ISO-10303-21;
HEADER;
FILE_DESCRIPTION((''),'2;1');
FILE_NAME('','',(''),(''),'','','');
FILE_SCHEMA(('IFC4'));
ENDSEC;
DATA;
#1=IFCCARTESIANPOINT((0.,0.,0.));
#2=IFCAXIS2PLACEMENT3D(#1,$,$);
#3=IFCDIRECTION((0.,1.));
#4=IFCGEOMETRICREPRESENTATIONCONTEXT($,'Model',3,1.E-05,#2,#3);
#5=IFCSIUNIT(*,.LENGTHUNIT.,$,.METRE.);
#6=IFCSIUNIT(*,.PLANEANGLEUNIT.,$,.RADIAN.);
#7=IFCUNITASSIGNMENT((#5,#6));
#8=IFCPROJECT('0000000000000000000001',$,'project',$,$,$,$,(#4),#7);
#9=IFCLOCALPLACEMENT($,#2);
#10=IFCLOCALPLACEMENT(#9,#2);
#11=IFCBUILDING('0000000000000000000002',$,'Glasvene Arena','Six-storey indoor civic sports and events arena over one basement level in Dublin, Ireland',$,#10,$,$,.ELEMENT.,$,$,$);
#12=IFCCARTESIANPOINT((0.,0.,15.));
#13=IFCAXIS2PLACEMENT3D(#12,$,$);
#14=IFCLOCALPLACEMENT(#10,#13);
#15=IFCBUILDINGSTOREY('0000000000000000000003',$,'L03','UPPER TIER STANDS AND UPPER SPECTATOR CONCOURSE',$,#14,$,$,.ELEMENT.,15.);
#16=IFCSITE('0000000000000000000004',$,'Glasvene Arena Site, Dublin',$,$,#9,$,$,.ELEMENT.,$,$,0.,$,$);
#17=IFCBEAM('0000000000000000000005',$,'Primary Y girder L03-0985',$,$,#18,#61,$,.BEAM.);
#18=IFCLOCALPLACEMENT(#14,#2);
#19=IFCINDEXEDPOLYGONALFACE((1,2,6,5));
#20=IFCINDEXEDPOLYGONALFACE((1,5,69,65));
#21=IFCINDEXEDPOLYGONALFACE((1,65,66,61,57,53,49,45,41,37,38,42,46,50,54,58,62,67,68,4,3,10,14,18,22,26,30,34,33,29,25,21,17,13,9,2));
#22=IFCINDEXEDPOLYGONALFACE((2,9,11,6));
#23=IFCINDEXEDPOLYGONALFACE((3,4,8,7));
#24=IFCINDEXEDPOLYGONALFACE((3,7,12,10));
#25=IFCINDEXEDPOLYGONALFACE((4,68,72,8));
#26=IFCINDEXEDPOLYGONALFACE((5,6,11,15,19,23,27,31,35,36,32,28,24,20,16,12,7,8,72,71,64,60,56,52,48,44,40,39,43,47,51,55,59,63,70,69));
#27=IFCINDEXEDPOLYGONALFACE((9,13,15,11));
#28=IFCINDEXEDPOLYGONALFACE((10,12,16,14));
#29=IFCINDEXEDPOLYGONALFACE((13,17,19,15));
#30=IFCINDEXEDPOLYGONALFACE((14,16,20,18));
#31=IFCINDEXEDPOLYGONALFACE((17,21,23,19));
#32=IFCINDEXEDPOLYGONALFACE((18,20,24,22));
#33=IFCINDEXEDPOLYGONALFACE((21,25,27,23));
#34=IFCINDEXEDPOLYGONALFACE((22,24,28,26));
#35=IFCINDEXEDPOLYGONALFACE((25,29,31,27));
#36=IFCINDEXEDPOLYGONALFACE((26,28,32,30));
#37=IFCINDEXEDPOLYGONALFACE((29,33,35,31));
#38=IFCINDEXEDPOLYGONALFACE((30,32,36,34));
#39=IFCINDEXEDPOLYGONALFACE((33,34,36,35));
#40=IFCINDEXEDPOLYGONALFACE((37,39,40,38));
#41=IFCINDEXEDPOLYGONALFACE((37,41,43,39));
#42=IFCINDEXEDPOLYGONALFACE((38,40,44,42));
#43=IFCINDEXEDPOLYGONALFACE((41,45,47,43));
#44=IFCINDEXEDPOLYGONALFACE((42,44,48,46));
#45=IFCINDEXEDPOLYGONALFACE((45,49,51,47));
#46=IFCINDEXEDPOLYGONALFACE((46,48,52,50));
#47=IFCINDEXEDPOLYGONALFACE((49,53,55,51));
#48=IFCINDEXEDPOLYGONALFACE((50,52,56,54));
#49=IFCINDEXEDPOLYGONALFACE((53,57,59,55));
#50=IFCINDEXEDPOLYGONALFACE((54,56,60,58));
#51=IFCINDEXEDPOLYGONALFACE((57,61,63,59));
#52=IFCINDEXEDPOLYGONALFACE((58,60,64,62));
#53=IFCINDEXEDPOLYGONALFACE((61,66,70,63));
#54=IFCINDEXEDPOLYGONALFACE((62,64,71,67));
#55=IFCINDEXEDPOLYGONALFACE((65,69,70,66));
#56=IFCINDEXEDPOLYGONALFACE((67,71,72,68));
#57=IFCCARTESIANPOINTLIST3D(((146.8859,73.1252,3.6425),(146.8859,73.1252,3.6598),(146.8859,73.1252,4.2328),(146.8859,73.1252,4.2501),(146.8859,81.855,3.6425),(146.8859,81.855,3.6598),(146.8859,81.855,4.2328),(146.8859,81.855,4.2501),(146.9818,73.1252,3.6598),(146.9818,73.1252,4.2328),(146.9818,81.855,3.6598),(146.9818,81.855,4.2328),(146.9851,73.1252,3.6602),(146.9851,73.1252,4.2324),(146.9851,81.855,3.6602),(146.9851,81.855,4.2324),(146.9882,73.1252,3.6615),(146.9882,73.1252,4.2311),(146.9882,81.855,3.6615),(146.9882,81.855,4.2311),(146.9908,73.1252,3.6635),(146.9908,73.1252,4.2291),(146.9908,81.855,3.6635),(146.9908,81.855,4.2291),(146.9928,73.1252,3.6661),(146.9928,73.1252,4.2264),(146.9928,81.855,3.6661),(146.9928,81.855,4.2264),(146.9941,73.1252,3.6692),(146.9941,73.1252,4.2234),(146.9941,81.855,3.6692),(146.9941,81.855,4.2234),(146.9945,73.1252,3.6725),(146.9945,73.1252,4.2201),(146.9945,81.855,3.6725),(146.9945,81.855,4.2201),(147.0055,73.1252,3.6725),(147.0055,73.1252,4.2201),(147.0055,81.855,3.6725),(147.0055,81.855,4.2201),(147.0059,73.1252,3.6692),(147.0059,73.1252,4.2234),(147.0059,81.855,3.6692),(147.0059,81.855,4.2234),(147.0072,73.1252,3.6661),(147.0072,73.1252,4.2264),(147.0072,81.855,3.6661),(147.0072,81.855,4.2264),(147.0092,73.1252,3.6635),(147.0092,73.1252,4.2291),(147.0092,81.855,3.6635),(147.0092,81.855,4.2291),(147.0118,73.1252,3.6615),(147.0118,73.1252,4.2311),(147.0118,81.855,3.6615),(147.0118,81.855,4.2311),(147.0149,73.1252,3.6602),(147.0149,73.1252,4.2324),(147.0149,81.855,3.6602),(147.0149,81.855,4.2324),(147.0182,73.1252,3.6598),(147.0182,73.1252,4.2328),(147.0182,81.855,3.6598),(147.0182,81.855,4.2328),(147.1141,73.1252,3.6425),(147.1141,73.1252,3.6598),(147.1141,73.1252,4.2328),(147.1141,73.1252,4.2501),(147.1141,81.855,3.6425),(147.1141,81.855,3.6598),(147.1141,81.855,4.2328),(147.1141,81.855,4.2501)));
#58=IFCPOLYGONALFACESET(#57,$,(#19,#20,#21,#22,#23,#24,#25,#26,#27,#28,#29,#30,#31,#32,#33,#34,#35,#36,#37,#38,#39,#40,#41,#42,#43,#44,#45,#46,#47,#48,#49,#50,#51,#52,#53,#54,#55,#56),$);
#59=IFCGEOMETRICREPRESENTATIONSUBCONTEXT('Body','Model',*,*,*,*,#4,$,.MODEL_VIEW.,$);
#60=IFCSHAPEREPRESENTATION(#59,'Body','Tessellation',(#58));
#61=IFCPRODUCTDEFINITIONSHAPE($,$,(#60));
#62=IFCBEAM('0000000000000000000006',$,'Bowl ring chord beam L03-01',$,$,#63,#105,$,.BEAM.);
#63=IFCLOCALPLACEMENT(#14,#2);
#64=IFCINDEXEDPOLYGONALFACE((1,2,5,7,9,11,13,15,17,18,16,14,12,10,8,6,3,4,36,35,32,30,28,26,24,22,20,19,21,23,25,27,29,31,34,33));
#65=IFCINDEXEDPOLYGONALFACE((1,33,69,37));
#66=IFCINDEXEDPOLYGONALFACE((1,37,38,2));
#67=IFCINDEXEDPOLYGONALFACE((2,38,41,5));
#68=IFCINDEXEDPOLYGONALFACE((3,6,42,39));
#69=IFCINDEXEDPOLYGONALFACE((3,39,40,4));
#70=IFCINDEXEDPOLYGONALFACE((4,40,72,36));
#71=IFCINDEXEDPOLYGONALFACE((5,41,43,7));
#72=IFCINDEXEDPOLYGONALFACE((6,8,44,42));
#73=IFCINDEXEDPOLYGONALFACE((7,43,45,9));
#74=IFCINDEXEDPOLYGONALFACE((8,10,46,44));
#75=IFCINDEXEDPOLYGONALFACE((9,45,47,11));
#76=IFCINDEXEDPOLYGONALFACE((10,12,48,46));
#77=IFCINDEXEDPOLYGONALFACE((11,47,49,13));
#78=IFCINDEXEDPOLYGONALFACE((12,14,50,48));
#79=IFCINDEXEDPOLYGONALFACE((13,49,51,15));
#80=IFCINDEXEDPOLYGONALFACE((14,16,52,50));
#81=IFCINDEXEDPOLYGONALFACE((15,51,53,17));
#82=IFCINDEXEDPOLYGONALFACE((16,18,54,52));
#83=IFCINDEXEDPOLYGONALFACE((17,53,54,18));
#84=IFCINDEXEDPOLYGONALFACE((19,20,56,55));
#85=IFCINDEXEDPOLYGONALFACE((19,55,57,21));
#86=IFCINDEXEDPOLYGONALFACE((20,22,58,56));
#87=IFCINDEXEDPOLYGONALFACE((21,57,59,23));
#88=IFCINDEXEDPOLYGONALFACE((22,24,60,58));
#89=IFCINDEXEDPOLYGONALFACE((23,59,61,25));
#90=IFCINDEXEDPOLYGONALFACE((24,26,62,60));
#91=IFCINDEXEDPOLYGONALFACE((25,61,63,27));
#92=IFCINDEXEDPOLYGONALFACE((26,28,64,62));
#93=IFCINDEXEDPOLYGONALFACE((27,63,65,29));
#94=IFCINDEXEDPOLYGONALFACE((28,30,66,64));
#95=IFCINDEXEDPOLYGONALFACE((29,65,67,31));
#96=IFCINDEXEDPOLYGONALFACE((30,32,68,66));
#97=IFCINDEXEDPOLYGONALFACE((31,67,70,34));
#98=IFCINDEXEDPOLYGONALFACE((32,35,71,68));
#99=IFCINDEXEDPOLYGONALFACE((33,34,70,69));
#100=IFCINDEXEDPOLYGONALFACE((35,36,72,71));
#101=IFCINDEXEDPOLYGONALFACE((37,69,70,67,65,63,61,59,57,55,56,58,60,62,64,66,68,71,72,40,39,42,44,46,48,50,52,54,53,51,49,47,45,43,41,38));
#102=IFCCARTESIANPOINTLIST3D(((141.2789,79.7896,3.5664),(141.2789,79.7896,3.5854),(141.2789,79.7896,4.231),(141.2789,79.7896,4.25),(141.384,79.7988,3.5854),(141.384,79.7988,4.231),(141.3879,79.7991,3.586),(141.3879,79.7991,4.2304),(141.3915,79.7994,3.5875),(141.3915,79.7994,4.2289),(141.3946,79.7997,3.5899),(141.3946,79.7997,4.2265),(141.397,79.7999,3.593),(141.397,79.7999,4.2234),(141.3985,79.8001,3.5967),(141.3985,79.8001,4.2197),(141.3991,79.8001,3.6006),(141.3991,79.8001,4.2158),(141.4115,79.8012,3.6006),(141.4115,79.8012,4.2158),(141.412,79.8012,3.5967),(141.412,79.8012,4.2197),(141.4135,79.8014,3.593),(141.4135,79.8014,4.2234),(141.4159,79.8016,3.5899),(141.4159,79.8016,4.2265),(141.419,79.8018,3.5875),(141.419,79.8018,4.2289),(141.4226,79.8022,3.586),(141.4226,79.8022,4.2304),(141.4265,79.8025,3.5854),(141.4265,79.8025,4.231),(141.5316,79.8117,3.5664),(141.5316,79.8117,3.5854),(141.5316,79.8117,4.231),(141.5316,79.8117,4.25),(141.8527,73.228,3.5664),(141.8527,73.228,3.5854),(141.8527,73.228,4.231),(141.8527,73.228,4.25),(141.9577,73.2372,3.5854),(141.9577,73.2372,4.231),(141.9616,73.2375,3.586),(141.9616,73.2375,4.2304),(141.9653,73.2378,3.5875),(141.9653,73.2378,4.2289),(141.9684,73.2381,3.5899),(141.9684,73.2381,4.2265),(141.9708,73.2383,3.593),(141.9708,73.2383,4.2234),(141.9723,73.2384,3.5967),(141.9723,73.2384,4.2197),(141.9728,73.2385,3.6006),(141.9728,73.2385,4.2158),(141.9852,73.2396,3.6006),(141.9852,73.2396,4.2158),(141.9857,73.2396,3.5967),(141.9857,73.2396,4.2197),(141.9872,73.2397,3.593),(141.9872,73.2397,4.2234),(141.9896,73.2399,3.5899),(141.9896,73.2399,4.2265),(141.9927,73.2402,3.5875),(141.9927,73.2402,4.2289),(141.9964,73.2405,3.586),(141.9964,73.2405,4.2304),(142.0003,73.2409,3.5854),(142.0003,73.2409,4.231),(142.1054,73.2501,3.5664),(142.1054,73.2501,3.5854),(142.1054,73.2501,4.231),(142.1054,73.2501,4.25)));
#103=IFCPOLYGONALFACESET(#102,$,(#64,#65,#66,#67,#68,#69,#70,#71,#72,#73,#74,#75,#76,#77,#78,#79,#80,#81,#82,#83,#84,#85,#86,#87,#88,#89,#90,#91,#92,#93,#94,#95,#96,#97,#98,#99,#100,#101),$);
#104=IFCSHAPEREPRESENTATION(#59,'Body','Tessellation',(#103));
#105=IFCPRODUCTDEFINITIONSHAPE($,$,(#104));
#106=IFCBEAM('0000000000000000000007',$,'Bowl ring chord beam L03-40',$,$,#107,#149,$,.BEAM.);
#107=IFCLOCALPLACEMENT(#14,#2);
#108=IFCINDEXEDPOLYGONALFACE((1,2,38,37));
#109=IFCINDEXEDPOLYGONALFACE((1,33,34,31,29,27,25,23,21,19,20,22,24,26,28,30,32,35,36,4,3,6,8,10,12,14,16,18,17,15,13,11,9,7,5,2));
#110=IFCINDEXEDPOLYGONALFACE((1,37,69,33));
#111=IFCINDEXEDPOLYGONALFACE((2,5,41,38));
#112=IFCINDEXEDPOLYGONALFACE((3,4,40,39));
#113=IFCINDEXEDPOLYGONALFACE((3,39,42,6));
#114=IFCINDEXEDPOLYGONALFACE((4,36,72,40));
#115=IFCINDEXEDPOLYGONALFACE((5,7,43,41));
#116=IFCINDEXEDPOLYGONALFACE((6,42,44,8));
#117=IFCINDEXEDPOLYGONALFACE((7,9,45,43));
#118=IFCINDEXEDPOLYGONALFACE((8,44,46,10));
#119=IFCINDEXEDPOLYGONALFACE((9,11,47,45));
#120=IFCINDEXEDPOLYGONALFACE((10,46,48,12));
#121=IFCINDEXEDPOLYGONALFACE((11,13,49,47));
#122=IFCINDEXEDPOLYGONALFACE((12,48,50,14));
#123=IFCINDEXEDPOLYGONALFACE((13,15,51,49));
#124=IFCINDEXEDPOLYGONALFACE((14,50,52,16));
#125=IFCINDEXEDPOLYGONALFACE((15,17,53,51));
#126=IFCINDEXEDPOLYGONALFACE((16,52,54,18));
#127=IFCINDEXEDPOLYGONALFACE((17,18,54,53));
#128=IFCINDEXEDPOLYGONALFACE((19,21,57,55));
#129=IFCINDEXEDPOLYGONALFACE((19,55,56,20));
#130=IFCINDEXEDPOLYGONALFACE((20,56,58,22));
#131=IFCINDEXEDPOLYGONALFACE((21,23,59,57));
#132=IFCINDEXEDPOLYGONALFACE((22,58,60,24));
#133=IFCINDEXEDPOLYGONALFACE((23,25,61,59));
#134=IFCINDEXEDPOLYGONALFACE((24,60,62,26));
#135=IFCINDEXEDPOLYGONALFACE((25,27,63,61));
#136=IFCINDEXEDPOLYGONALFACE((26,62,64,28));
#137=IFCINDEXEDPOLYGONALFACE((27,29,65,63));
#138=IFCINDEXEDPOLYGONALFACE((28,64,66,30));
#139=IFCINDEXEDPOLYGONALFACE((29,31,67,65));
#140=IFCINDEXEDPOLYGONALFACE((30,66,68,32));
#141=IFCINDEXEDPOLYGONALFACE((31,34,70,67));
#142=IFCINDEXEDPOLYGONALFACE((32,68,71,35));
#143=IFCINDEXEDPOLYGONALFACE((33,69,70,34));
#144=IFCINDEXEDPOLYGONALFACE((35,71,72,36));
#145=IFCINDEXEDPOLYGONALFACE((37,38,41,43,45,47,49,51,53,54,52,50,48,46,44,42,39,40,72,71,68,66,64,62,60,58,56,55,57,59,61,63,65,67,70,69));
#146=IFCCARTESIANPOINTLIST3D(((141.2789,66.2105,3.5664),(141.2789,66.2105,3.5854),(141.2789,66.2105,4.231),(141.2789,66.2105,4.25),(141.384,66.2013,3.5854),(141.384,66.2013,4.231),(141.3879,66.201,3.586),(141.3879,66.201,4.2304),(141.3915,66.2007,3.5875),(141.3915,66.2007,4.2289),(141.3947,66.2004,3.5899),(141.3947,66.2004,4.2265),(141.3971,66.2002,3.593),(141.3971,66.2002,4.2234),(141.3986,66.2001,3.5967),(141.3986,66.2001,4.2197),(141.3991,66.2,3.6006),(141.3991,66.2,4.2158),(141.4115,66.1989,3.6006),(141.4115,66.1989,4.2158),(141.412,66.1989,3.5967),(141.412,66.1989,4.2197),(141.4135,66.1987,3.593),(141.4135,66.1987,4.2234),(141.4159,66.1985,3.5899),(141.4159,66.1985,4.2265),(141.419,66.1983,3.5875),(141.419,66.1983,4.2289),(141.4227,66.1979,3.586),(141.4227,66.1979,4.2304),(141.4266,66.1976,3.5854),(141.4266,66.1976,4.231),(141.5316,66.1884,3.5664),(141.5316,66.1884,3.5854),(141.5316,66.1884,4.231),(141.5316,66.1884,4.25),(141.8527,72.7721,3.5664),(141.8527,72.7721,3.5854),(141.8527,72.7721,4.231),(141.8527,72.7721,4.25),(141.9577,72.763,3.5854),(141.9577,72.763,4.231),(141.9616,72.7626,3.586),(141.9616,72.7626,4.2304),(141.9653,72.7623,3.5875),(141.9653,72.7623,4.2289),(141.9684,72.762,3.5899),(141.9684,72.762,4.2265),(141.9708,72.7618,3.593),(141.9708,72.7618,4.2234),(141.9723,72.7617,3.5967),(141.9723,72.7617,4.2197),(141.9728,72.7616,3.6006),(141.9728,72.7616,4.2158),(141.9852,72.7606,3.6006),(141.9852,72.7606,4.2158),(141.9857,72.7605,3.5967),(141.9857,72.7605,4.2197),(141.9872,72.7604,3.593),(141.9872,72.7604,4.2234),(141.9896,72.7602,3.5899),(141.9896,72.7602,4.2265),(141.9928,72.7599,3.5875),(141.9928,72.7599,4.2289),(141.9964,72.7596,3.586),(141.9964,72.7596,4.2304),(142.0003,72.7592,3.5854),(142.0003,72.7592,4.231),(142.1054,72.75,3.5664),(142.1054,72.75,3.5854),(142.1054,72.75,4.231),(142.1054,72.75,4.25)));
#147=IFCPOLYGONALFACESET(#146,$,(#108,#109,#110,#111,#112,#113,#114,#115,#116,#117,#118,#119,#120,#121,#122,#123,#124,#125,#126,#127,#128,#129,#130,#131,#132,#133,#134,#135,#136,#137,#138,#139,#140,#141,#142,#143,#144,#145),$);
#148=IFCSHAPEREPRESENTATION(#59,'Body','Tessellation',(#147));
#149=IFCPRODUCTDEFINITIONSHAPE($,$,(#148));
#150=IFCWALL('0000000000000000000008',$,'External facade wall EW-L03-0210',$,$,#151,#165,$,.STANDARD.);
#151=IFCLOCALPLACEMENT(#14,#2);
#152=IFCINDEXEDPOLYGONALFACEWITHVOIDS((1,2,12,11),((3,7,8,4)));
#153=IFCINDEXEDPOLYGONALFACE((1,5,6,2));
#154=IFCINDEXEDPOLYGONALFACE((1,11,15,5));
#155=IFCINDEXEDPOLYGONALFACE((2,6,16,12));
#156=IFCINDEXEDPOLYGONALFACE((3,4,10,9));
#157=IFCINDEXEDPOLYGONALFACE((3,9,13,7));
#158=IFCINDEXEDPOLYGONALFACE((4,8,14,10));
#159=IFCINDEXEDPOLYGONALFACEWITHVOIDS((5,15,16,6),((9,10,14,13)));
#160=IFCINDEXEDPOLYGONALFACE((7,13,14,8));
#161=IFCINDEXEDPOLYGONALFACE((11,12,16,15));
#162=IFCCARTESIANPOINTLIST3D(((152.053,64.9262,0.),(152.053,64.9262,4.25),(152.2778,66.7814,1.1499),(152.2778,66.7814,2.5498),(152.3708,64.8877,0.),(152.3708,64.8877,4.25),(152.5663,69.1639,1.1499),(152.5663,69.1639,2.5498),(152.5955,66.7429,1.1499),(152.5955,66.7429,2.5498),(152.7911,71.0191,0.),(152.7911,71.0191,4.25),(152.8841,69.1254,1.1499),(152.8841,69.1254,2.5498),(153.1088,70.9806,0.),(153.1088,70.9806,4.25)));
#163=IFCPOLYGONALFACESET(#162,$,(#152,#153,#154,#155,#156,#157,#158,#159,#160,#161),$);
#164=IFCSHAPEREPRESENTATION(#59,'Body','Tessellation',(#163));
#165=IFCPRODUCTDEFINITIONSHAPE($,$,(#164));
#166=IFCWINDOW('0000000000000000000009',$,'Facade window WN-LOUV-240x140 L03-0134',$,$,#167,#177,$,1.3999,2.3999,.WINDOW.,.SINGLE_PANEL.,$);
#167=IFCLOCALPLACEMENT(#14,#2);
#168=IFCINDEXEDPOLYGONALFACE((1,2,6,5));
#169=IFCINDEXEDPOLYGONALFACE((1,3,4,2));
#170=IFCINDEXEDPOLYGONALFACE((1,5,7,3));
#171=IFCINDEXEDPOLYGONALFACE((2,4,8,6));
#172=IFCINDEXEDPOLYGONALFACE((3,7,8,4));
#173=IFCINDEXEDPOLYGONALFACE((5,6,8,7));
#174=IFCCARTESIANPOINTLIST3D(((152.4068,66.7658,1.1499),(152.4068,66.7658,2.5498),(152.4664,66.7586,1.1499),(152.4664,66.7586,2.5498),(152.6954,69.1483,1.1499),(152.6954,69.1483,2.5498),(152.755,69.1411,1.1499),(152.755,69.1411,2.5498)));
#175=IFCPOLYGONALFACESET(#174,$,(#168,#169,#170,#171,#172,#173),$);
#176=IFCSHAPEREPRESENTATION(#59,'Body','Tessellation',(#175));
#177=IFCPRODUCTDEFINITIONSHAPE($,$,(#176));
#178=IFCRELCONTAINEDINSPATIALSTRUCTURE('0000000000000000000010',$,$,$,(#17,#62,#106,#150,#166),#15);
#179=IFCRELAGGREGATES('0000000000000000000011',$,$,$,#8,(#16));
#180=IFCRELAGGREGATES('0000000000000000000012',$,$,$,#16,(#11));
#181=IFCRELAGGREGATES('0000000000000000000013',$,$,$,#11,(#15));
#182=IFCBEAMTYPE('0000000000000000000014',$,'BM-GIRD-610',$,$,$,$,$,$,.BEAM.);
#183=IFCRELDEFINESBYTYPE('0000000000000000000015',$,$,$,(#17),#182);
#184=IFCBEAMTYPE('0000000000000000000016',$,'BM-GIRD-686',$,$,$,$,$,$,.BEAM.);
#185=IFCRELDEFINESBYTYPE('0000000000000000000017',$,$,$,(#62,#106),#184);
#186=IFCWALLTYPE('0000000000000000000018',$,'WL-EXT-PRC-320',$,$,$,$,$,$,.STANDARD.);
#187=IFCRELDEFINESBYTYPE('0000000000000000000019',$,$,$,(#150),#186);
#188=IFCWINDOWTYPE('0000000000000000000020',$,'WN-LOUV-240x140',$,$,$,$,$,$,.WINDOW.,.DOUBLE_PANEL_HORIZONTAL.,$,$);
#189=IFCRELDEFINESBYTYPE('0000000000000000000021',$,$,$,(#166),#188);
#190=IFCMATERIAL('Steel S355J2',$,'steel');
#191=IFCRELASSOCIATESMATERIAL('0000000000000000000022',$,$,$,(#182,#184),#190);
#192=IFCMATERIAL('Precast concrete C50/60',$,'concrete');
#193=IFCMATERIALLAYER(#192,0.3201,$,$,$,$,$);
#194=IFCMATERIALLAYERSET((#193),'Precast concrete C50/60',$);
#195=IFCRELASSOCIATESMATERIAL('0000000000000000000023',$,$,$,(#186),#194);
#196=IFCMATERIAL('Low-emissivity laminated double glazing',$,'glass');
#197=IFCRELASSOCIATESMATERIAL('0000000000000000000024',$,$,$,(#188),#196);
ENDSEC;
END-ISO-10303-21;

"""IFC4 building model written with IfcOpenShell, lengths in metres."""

from ifc_helpers import new_model, si_unit, direction, frame, frame_2d, origin, origin_2d, place, context, subcontext, project, spatial, rectangle, i_section, extrude, material, layer, layer_set, material_profile, profile_set, type_object, element, fill, save


model = new_model("IFC4")

# Units and contexts
model_context = context("Model", 3, precision=1e-05, world=origin(), true_north=direction((0.0, 1.0)))
body_context = subcontext(model_context, "Body", "Model", "MODEL_VIEW")
ifc_project = project(units=[si_unit("LENGTHUNIT", "METRE"), si_unit("PLANEANGLEUNIT", "RADIAN")], contexts=[model_context])

# Site, building, storey
site_placement = place(None, origin())
site = spatial("IfcSite", under=ifc_project, at=site_placement, Name="Glasvene Arena Site, Dublin", CompositionType="ELEMENT", RefElevation=0.0)
building_placement = place(site_placement, origin())
building = spatial("IfcBuilding", under=site, at=building_placement, Name="Glasvene Arena", Description="Six-storey indoor civic sports and events arena over one basement level in Dublin, Ireland", CompositionType="ELEMENT")
storey_placement = place(building_placement, frame((0.0, 0.0, 15.0)))
storey = spatial("IfcBuildingStorey", under=building, at=storey_placement, Name="L03", Description="UPPER TIER STANDS AND UPPER SPECTATOR CONCOURSE", CompositionType="ELEMENT", Elevation=15.0)

# Shared definitions
ifc_material_1 = material(Name="Steel S355J2", Category="steel")

# Beams
ifc_material_profile_1 = material_profile(ifc_material_1, i_section(OverallWidth=0.2283, OverallDepth=0.6077, WebThickness=0.011, FlangeThickness=0.0173, FilletRadius=0.0127, at=origin_2d()), Name="UKB 610x229x113")
ifc_profile_set_1 = profile_set([ifc_material_profile_1], Name="Steel S355J2")
beam_type_1 = type_object("IfcBeamType", Name="BM-GIRD-610", PredefinedType="BEAM", material=ifc_profile_set_1)
beam_placement = place(storey_placement, frame((147.0, 73.1252, 3.9463), z_axis=(0.0, 1.0, 0.0), x_axis=(-1.0, 0.0, 0.0)))
element("IfcBeam", 1, at=beam_placement, inside=storey, type_object=beam_type_1, Name="Primary Y girder L03-0985", PredefinedType="BEAM", context=body_context, shape_type="SweptSolid", body=[
    extrude(i_section(OverallWidth=0.2283, OverallDepth=0.6077, WebThickness=0.011, FlangeThickness=0.0173, FilletRadius=0.0127, at=origin_2d()), origin(), (0.0, 0.0, 1.0), 8.7297),
])
ifc_material_profile_2 = material_profile(ifc_material_1, i_section(OverallWidth=0.2537, OverallDepth=0.6836, WebThickness=0.0125, FlangeThickness=0.019, FilletRadius=0.0151, at=origin_2d()), Name="UKB 686x254x140")
ifc_profile_set_2 = profile_set([ifc_material_profile_2], Name="Steel S355J2")
beam_type_2 = type_object("IfcBeamType", Name="BM-GIRD-686", PredefinedType="BEAM", material=ifc_profile_set_2)
for number, where, z_axis, x_axis, name in (
    (2, (141.979, 73.239, 3.9082), (-0.087106, 0.996199, 0.0), (-0.996199, -0.087106, 0.0), "Bowl ring chord beam L03-01"),
    (3, (141.4053, 66.1995, 3.9082), (0.087106, 0.996199, 0.0), (-0.996199, 0.087106, 0.0), "Bowl ring chord beam L03-40"),
):
    element("IfcBeam", number, at=place(storey_placement, frame(where, z_axis=z_axis, x_axis=x_axis)), inside=storey, type_object=beam_type_2, Name=name, PredefinedType="BEAM", context=body_context, shape_type="SweptSolid", body=[
        extrude(i_section(OverallWidth=0.2537, OverallDepth=0.6836, WebThickness=0.0125, FlangeThickness=0.019, FilletRadius=0.0151, at=origin_2d()), origin(), (0.0, 0.0, 1.0), 6.5867),
    ])

# Wall, opening, window
ifc_material_2 = material(Name="Precast concrete C50/60", Category="concrete")
ifc_layer_1 = layer(ifc_material_2, 0.3201)
ifc_layer_set_1 = layer_set([ifc_layer_1], Name="Precast concrete C50/60")
wall_type_1 = type_object("IfcWallType", Name="WL-EXT-PRC-320", PredefinedType="STANDARD", material=ifc_layer_set_1)
wall_1_placement = place(storey_placement, frame((152.95, 71.0, 0.0), z_axis=(0.0, 0.0, 1.0), x_axis=(-0.120249, -0.992744, 0.0)))
wall_1 = element("IfcWall", 4, at=wall_1_placement, inside=storey, type_object=wall_type_1, Name="External facade wall EW-L03-0210", PredefinedType="STANDARD", context=body_context, shape_type="SweptSolid", body=[
    extrude(rectangle(XDim=6.1375, YDim=0.3201, at=frame_2d((3.0688, 0.0))), origin(), (0.0, 0.0, 1.0), 4.25),
])
opening_1_placement = place(wall_1_placement, frame((1.8689, 0.0, 1.1499)))
opening_1 = element("IfcOpeningElement", 5, at=opening_1_placement, cuts=wall_1, PredefinedType="OPENING", context=body_context, shape_type="SweptSolid", body=[
    extrude(rectangle(XDim=2.3999, YDim=1.3999, at=frame_2d((1.2, 0.7))), frame((0.0, 0.1699, 0.0), z_axis=(0.0, -1.0, 0.0), x_axis=(1.0, 0.0, 0.0)), (0.0, 0.0, 1.0), 0.3401),
])
ifc_material_3 = material(Name="Low-emissivity laminated double glazing", Category="glass")
window_type = type_object("IfcWindowType", Name="WN-LOUV-240x140", PartitioningType="DOUBLE_PANEL_HORIZONTAL", PredefinedType="WINDOW", material=ifc_material_3)
window_1_placement = place(opening_1_placement, origin())
window_1 = element("IfcWindow", 6, at=window_1_placement, inside=storey, type_object=window_type, Name="Facade window WN-LOUV-240x140 L03-0134", OverallHeight=1.3999, OverallWidth=2.3999, PartitioningType="SINGLE_PANEL", PredefinedType="WINDOW", context=body_context, shape_type="SweptSolid", body=[
    extrude(rectangle(XDim=2.3999, YDim=1.3999, at=frame_2d((1.2, 0.7))), frame((0.0, 0.03, 0.0), z_axis=(0.0, -1.0, 0.0), x_axis=(1.0, 0.0, 0.0)), (0.0, 0.0, 1.0), 0.0601),
])
fill(opening_1, window_1)

save(model, "model.ifc")
